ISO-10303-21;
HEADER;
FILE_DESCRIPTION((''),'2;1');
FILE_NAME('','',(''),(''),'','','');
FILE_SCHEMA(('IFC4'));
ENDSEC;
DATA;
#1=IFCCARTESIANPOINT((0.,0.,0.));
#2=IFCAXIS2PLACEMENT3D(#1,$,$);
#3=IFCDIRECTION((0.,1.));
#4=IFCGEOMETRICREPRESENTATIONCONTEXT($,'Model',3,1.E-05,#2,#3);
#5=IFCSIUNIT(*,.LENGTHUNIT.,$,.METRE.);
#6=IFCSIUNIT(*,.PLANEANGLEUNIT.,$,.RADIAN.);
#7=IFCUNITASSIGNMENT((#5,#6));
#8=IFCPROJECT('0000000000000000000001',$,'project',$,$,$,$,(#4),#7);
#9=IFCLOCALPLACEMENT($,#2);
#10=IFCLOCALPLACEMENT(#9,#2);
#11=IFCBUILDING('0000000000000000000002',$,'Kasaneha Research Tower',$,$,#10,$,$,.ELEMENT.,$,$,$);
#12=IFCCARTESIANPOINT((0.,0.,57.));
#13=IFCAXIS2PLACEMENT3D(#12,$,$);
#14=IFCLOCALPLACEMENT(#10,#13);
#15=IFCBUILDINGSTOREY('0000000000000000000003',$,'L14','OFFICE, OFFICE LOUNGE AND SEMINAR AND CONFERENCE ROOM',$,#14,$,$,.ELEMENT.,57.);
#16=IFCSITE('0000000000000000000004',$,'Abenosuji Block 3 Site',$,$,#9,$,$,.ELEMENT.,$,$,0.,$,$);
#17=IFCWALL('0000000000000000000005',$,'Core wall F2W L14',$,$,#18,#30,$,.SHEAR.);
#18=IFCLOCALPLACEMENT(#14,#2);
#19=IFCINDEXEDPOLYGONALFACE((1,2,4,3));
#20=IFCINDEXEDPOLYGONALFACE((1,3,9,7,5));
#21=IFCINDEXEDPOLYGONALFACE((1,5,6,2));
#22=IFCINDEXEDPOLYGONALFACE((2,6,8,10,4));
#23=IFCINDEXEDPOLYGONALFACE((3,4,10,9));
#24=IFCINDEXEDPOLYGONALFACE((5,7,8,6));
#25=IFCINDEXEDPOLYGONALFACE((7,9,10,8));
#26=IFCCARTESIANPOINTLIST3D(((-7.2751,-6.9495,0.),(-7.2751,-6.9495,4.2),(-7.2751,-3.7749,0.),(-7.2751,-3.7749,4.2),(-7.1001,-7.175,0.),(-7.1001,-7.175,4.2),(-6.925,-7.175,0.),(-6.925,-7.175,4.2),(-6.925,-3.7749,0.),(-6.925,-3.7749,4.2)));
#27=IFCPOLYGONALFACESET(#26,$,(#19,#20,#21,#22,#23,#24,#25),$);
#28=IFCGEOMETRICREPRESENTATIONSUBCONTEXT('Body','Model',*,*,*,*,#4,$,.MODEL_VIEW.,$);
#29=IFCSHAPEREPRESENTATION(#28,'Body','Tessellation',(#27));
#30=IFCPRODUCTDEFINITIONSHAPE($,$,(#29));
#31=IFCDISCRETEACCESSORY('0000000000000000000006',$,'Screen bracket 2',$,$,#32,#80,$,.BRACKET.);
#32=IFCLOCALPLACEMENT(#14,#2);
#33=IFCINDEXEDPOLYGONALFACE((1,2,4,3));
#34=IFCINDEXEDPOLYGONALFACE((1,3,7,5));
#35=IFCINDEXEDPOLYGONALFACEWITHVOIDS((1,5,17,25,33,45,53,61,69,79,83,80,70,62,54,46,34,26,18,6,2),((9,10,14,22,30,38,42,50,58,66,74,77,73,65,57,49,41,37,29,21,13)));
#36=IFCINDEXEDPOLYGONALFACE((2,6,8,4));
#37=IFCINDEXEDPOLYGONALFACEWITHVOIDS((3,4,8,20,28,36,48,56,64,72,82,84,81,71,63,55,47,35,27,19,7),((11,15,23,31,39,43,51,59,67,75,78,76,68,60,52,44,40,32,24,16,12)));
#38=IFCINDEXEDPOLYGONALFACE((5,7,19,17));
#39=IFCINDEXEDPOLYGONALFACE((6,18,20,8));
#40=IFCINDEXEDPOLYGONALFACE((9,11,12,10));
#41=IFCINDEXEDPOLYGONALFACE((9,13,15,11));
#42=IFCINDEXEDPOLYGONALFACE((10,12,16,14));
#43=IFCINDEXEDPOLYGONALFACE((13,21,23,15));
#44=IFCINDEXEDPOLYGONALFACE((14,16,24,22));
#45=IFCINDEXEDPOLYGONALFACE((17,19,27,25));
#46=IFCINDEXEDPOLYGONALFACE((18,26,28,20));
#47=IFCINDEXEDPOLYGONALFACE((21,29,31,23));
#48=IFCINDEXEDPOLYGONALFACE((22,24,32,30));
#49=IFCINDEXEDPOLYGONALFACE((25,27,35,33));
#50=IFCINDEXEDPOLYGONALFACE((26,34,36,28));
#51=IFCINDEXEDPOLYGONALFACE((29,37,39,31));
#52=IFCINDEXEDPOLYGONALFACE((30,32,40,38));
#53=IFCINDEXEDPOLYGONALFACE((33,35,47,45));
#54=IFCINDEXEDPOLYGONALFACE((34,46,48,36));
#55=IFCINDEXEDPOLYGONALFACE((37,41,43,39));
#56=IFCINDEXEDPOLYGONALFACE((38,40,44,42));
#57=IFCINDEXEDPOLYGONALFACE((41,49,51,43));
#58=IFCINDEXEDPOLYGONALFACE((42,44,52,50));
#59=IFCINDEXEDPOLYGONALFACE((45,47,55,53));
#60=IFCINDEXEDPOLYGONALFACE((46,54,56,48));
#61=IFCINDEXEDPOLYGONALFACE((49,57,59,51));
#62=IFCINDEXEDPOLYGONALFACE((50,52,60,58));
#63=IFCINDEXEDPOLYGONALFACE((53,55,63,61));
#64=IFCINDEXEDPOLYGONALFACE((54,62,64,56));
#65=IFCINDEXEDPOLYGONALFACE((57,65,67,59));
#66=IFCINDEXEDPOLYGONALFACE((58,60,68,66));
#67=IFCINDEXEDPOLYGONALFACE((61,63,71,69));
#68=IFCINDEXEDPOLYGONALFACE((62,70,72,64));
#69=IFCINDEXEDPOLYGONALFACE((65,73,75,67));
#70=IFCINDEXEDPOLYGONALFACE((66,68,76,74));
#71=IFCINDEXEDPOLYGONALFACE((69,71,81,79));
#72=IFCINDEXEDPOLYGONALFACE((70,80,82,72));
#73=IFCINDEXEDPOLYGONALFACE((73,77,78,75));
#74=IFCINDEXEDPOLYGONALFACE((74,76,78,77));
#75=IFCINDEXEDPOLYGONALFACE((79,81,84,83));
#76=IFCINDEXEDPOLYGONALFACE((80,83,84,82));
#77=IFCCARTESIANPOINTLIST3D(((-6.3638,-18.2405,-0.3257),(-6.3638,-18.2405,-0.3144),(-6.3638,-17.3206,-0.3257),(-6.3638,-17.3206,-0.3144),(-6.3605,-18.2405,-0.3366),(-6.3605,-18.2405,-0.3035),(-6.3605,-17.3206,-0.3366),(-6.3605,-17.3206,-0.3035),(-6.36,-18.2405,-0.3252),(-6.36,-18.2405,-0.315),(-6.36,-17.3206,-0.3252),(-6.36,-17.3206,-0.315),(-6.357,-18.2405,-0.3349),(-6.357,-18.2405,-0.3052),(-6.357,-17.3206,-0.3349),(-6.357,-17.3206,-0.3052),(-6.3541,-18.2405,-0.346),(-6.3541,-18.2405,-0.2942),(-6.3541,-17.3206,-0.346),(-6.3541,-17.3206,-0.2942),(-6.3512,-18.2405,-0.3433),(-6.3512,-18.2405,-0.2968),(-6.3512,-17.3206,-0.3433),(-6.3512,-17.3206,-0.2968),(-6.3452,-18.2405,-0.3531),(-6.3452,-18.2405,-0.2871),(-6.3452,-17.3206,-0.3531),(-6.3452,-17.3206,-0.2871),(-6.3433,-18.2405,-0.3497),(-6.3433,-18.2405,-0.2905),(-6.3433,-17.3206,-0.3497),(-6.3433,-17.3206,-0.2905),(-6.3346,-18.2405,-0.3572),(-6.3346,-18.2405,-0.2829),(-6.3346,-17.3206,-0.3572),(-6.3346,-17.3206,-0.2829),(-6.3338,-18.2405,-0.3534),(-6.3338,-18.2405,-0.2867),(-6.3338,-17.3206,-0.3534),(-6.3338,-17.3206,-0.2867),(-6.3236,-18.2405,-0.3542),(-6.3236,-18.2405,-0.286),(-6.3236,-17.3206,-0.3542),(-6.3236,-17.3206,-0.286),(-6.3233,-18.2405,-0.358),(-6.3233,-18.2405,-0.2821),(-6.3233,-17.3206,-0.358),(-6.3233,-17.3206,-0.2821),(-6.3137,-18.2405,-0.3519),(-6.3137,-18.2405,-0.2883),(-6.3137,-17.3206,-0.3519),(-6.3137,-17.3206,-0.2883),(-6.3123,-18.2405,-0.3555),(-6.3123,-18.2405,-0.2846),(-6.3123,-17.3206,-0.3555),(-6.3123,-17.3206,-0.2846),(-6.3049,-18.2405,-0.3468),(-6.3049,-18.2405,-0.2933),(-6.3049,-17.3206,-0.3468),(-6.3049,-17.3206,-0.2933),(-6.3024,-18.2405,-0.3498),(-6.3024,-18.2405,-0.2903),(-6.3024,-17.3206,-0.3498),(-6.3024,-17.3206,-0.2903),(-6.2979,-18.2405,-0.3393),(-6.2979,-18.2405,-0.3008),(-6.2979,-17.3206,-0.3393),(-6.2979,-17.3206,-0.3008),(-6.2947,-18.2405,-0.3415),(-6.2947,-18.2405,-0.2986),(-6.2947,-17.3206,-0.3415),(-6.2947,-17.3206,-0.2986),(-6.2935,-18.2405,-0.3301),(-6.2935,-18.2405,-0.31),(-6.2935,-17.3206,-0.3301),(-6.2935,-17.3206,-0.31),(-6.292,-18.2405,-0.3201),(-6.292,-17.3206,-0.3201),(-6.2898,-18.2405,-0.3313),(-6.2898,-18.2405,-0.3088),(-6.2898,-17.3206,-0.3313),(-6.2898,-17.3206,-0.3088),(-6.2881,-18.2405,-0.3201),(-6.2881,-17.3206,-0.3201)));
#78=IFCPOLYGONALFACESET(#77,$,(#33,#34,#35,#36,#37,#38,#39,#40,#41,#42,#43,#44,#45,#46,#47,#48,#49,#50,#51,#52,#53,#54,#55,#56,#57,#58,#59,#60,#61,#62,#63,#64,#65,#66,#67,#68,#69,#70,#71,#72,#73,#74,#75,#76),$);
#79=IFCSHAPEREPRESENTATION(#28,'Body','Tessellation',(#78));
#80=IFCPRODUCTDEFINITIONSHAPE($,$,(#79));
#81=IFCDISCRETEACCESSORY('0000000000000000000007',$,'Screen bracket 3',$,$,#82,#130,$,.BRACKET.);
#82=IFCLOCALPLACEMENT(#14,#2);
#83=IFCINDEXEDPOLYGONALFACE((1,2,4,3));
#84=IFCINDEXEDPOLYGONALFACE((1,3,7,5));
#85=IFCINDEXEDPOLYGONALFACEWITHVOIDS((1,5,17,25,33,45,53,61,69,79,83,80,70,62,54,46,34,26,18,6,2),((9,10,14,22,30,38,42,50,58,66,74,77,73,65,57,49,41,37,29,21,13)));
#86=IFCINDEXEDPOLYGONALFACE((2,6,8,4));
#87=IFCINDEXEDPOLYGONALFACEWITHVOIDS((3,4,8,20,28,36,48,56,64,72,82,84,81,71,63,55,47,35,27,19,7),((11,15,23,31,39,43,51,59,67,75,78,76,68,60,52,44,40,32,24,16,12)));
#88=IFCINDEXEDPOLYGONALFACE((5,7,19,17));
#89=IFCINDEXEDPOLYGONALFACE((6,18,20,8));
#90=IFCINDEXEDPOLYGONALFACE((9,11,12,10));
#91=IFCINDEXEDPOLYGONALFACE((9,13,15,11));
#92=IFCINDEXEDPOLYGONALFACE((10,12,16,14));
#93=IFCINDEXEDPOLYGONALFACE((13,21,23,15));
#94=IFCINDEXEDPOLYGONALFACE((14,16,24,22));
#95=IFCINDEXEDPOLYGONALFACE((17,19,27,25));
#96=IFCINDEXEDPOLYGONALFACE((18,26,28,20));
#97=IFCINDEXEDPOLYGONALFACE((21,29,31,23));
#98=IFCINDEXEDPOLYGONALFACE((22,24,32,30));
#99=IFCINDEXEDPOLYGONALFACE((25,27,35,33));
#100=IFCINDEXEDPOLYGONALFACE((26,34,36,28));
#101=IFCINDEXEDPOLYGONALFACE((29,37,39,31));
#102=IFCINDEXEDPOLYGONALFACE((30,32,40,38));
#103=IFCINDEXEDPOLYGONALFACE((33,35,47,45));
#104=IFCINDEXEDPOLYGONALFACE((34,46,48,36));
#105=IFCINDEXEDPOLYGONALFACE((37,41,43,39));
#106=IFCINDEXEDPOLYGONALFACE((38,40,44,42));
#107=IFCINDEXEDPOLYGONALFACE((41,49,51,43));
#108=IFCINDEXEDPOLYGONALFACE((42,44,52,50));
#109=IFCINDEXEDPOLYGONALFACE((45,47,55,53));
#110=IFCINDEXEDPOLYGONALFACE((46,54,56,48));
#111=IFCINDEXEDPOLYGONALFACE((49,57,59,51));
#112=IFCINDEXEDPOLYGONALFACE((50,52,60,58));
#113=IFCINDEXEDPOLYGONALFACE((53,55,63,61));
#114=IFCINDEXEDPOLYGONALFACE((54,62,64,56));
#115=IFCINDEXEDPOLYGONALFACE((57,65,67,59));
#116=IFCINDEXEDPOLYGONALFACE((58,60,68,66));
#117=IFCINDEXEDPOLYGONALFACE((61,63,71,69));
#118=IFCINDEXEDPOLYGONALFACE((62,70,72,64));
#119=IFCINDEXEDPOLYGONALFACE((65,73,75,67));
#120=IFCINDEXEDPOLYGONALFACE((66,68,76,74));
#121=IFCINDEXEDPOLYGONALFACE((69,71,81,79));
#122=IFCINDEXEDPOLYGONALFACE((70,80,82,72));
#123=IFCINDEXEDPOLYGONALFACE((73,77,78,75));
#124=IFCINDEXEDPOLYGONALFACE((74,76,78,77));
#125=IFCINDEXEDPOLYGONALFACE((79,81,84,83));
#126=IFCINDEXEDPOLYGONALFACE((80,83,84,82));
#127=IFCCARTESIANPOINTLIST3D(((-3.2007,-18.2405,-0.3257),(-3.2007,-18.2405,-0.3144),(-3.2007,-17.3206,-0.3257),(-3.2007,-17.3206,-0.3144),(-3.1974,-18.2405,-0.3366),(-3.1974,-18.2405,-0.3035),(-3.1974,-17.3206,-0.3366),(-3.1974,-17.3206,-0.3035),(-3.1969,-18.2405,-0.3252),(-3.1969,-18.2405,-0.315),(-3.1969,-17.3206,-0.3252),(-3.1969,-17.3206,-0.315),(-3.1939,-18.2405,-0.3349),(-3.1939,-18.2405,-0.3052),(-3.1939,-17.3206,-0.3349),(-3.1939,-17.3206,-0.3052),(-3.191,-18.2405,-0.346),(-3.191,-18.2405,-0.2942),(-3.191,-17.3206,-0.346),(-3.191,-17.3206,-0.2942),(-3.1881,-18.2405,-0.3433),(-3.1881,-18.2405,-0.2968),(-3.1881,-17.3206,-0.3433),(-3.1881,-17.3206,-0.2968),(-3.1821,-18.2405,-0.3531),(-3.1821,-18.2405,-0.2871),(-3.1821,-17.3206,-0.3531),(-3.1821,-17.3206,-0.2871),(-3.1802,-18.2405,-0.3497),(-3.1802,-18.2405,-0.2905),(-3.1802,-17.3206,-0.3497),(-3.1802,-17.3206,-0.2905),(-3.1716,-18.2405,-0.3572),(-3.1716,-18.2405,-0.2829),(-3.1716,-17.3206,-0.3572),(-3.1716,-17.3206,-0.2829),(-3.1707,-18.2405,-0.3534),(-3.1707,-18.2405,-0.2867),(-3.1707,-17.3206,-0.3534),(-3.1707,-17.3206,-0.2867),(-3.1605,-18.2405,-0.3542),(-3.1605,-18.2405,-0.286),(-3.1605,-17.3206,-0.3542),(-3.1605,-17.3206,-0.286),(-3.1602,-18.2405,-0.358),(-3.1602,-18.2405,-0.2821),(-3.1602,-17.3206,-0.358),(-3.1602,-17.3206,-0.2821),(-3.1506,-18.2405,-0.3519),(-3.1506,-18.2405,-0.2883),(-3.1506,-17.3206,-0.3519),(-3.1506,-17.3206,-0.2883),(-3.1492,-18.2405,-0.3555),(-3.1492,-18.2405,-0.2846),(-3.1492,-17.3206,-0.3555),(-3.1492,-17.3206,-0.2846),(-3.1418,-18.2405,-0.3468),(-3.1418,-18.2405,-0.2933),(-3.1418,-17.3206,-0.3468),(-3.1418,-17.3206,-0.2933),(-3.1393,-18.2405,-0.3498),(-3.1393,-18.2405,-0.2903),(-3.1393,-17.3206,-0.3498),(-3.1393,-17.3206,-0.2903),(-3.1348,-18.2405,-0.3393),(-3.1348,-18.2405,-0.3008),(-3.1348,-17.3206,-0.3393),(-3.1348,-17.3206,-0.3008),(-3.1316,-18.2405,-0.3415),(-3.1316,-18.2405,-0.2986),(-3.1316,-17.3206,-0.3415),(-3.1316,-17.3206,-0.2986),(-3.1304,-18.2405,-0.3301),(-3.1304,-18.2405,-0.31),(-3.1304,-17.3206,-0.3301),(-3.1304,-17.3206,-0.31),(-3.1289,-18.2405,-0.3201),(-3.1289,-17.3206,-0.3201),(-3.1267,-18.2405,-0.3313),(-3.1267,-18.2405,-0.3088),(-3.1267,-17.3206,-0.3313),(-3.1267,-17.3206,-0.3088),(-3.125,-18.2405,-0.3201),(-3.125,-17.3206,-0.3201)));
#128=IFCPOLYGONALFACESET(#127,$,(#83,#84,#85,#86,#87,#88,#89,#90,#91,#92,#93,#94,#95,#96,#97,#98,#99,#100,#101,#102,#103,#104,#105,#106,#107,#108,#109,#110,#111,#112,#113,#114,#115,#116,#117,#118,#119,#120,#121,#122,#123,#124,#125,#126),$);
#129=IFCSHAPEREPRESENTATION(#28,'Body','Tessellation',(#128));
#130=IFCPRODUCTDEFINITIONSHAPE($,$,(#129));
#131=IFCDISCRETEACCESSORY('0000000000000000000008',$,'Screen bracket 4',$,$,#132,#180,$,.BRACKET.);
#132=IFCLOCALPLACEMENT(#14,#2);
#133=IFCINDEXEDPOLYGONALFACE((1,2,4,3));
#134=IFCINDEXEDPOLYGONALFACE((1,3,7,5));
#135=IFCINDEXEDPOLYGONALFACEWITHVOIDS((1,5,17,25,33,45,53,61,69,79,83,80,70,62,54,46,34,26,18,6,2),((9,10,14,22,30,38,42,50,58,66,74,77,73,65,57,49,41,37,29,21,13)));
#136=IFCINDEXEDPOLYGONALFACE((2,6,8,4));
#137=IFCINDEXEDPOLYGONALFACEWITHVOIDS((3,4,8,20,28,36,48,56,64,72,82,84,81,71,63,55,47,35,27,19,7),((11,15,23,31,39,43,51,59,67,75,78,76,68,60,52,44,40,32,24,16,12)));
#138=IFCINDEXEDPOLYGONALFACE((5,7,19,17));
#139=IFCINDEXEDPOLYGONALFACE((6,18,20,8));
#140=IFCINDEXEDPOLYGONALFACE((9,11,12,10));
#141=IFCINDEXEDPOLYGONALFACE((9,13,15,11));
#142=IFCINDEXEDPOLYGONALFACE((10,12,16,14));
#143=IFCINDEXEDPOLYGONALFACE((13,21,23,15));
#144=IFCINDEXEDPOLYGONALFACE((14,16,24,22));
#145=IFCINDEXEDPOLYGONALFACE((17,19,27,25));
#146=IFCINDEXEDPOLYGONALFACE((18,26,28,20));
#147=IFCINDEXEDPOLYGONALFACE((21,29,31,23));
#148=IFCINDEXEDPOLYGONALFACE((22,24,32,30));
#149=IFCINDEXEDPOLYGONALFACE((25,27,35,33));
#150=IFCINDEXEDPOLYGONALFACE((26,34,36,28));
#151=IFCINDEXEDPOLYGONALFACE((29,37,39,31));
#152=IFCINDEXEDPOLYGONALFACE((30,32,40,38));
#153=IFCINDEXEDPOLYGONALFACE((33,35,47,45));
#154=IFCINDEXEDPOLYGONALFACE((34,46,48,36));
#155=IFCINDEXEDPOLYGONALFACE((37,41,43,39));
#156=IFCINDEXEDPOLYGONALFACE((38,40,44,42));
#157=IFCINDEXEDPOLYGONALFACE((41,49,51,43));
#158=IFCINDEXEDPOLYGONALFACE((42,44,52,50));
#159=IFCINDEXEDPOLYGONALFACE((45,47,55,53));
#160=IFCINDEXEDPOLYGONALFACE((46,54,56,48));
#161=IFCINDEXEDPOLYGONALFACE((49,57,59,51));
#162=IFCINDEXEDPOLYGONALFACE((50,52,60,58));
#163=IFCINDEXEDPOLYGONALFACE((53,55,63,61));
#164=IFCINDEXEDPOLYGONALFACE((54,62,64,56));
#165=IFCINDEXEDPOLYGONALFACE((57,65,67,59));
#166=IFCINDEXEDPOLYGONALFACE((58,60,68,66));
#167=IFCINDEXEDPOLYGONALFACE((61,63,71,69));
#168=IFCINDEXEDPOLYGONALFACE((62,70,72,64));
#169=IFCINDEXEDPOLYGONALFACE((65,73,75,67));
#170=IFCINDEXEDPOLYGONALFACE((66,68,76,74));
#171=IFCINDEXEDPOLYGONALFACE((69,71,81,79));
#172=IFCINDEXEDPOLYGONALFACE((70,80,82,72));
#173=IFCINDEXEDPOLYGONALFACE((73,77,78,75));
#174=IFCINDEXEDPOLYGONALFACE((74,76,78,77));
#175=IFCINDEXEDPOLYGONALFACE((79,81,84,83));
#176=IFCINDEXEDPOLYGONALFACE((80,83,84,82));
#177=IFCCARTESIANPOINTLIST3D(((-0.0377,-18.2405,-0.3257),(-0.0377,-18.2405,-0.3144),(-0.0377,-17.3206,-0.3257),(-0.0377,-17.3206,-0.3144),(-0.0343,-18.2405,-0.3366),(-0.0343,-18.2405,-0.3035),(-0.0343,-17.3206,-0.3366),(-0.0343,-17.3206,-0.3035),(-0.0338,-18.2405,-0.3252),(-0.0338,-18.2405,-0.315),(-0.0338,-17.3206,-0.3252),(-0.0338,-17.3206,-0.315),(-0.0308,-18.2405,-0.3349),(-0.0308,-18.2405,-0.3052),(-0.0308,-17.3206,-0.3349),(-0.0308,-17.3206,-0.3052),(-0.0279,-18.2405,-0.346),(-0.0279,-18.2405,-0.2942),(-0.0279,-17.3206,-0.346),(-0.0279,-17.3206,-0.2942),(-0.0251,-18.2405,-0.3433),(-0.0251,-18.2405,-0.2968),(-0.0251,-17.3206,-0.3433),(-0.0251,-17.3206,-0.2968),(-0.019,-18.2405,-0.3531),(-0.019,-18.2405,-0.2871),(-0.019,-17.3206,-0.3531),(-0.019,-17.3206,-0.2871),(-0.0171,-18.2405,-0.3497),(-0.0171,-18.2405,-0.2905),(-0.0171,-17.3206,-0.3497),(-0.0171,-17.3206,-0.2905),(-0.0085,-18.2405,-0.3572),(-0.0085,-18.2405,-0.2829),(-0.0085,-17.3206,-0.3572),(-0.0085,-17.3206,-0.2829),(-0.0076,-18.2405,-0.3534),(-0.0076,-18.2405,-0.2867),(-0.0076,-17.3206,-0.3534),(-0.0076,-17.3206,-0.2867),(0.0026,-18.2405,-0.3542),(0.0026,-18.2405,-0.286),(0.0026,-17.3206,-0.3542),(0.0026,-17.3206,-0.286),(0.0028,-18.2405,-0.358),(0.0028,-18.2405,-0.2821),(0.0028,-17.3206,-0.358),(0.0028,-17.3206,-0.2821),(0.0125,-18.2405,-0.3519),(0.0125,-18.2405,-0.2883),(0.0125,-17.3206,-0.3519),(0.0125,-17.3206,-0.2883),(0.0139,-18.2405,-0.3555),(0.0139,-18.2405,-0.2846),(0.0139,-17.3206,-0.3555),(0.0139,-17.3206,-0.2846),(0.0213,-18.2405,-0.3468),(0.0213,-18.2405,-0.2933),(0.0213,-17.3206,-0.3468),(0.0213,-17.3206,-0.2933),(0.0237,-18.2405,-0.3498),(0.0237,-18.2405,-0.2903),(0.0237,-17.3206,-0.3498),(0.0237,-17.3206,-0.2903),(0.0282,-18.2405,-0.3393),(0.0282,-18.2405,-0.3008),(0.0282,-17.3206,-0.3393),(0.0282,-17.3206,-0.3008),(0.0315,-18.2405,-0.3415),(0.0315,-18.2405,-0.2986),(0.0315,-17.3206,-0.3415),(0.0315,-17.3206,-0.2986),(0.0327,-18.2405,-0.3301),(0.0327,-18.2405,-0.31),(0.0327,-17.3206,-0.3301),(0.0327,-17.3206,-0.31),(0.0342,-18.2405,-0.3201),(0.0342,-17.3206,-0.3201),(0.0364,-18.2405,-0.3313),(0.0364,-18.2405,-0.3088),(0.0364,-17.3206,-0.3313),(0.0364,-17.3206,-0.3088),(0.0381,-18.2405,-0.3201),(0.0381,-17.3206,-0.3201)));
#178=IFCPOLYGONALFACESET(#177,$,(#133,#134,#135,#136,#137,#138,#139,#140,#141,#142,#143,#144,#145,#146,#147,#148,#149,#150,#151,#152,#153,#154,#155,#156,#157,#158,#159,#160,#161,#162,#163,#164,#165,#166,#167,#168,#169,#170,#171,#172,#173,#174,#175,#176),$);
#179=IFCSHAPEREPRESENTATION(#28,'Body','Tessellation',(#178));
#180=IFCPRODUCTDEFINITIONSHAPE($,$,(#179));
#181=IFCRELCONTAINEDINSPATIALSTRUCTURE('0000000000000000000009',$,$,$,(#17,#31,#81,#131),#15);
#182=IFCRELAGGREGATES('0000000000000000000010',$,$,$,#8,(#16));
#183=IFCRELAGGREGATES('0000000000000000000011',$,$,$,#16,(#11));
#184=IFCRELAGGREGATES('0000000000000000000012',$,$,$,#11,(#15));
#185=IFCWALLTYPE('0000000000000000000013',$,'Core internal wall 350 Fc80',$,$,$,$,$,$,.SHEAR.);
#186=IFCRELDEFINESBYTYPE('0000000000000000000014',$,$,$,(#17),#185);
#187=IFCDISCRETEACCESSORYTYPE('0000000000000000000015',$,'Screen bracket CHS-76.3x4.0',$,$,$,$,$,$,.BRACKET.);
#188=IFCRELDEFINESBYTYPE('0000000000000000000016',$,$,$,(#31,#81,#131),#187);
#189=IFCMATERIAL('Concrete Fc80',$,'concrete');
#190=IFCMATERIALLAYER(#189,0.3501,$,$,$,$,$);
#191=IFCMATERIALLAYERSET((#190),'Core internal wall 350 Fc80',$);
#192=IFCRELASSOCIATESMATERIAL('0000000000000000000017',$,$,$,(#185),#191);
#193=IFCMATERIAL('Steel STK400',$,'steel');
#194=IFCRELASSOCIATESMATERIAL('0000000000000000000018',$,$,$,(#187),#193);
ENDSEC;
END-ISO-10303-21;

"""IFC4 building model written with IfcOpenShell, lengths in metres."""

from ifc_helpers import new_model, si_unit, direction, frame, origin, origin_2d, place, context, subcontext, project, spatial, polyline, hollow_circle, outline, extrude, material, layer, layer_set, material_profile, profile_set, type_object, element, save


model = new_model("IFC4")

# Units and contexts
model_context = context("Model", 3, precision=1e-05, world=origin(), true_north=direction((0.0, 1.0)))
body_context = subcontext(model_context, "Body", "Model", "MODEL_VIEW")
ifc_project = project(units=[si_unit("LENGTHUNIT", "METRE"), si_unit("PLANEANGLEUNIT", "RADIAN")], contexts=[model_context])

# Site, building, storey
site_placement = place(None, origin())
site = spatial("IfcSite", under=ifc_project, at=site_placement, Name="Abenosuji Block 3 Site", CompositionType="ELEMENT", RefElevation=0.0)
building_placement = place(site_placement, origin())
building = spatial("IfcBuilding", under=site, at=building_placement, Name="Kasaneha Research Tower", CompositionType="ELEMENT")
storey_placement = place(building_placement, frame((0.0, 0.0, 57.0)))
storey = spatial("IfcBuildingStorey", under=building, at=storey_placement, Name="L14", Description="OFFICE, OFFICE LOUNGE AND SEMINAR AND CONFERENCE ROOM", CompositionType="ELEMENT", Elevation=57.0)

# Shared definitions
ifc_material_1 = material(Name="Concrete Fc80", Category="concrete")
ifc_layer_1 = layer(ifc_material_1, 0.3501)
ifc_layer_set_1 = layer_set([ifc_layer_1], Name="Core internal wall 350 Fc80")
wall_type_1 = type_object("IfcWallType", Name="Core internal wall 350 Fc80", PredefinedType="SHEAR", material=ifc_layer_set_1)

# Wall
wall_1_placement = place(storey_placement, frame((-7.1001, -3.7749, 0.0), z_axis=(0.0, 0.0, 1.0), x_axis=(0.0, -1.0, 0.0)))
element("IfcWall", 1, at=wall_1_placement, inside=storey, type_object=wall_type_1, Name="Core wall F2W L14", PredefinedType="SHEAR", context=body_context, shape_type="SweptSolid", body=[
    extrude(outline(polyline([(0.0, -0.175), (3.1746, -0.175), (3.4001, 0.0), (3.4001, 0.175), (0.0, 0.175), (0.0, -0.175)])), origin(), (0.0, 0.0, 1.0), 4.2),
])

# Discrete accessories
ifc_material_2 = material(Name="Steel STK400", Category="steel")
ifc_material_profile_1 = material_profile(ifc_material_2, hollow_circle(Radius=0.0381, WallThickness=0.0039, at=origin_2d()), Name="CHS-76.3x4.0")
ifc_profile_set_1 = profile_set([ifc_material_profile_1], Name="Steel STK400")
discrete_accessory_type = type_object("IfcDiscreteAccessoryType", Name="Screen bracket CHS-76.3x4.0", PredefinedType="BRACKET", material=ifc_profile_set_1)
for number, where, z_axis, x_axis, name in (
    (2, (-6.3262, -17.3206, -0.3201), (0.0, -1.0, 0.0), (1.0, 0.0, 0.0), "Screen bracket 2"),
    (3, (-3.1631, -17.3206, -0.3201), (0.0, -1.0, 0.0), (1.0, 0.0, 0.0), "Screen bracket 3"),
    (4, (0.0, -17.3206, -0.3201), (0.0, -1.0, 0.0), (1.0, 0.0, 0.0), "Screen bracket 4"),
):
    element("IfcDiscreteAccessory", number, at=place(storey_placement, frame(where, z_axis=z_axis, x_axis=x_axis)), inside=storey, type_object=discrete_accessory_type, Name=name, PredefinedType="BRACKET", context=body_context, shape_type="SweptSolid", body=[
        extrude(hollow_circle(Radius=0.0381, WallThickness=0.0039, at=origin_2d()), origin(), (0.0, 0.0, 1.0), 0.9199),
    ])

save(model, "model.ifc")
